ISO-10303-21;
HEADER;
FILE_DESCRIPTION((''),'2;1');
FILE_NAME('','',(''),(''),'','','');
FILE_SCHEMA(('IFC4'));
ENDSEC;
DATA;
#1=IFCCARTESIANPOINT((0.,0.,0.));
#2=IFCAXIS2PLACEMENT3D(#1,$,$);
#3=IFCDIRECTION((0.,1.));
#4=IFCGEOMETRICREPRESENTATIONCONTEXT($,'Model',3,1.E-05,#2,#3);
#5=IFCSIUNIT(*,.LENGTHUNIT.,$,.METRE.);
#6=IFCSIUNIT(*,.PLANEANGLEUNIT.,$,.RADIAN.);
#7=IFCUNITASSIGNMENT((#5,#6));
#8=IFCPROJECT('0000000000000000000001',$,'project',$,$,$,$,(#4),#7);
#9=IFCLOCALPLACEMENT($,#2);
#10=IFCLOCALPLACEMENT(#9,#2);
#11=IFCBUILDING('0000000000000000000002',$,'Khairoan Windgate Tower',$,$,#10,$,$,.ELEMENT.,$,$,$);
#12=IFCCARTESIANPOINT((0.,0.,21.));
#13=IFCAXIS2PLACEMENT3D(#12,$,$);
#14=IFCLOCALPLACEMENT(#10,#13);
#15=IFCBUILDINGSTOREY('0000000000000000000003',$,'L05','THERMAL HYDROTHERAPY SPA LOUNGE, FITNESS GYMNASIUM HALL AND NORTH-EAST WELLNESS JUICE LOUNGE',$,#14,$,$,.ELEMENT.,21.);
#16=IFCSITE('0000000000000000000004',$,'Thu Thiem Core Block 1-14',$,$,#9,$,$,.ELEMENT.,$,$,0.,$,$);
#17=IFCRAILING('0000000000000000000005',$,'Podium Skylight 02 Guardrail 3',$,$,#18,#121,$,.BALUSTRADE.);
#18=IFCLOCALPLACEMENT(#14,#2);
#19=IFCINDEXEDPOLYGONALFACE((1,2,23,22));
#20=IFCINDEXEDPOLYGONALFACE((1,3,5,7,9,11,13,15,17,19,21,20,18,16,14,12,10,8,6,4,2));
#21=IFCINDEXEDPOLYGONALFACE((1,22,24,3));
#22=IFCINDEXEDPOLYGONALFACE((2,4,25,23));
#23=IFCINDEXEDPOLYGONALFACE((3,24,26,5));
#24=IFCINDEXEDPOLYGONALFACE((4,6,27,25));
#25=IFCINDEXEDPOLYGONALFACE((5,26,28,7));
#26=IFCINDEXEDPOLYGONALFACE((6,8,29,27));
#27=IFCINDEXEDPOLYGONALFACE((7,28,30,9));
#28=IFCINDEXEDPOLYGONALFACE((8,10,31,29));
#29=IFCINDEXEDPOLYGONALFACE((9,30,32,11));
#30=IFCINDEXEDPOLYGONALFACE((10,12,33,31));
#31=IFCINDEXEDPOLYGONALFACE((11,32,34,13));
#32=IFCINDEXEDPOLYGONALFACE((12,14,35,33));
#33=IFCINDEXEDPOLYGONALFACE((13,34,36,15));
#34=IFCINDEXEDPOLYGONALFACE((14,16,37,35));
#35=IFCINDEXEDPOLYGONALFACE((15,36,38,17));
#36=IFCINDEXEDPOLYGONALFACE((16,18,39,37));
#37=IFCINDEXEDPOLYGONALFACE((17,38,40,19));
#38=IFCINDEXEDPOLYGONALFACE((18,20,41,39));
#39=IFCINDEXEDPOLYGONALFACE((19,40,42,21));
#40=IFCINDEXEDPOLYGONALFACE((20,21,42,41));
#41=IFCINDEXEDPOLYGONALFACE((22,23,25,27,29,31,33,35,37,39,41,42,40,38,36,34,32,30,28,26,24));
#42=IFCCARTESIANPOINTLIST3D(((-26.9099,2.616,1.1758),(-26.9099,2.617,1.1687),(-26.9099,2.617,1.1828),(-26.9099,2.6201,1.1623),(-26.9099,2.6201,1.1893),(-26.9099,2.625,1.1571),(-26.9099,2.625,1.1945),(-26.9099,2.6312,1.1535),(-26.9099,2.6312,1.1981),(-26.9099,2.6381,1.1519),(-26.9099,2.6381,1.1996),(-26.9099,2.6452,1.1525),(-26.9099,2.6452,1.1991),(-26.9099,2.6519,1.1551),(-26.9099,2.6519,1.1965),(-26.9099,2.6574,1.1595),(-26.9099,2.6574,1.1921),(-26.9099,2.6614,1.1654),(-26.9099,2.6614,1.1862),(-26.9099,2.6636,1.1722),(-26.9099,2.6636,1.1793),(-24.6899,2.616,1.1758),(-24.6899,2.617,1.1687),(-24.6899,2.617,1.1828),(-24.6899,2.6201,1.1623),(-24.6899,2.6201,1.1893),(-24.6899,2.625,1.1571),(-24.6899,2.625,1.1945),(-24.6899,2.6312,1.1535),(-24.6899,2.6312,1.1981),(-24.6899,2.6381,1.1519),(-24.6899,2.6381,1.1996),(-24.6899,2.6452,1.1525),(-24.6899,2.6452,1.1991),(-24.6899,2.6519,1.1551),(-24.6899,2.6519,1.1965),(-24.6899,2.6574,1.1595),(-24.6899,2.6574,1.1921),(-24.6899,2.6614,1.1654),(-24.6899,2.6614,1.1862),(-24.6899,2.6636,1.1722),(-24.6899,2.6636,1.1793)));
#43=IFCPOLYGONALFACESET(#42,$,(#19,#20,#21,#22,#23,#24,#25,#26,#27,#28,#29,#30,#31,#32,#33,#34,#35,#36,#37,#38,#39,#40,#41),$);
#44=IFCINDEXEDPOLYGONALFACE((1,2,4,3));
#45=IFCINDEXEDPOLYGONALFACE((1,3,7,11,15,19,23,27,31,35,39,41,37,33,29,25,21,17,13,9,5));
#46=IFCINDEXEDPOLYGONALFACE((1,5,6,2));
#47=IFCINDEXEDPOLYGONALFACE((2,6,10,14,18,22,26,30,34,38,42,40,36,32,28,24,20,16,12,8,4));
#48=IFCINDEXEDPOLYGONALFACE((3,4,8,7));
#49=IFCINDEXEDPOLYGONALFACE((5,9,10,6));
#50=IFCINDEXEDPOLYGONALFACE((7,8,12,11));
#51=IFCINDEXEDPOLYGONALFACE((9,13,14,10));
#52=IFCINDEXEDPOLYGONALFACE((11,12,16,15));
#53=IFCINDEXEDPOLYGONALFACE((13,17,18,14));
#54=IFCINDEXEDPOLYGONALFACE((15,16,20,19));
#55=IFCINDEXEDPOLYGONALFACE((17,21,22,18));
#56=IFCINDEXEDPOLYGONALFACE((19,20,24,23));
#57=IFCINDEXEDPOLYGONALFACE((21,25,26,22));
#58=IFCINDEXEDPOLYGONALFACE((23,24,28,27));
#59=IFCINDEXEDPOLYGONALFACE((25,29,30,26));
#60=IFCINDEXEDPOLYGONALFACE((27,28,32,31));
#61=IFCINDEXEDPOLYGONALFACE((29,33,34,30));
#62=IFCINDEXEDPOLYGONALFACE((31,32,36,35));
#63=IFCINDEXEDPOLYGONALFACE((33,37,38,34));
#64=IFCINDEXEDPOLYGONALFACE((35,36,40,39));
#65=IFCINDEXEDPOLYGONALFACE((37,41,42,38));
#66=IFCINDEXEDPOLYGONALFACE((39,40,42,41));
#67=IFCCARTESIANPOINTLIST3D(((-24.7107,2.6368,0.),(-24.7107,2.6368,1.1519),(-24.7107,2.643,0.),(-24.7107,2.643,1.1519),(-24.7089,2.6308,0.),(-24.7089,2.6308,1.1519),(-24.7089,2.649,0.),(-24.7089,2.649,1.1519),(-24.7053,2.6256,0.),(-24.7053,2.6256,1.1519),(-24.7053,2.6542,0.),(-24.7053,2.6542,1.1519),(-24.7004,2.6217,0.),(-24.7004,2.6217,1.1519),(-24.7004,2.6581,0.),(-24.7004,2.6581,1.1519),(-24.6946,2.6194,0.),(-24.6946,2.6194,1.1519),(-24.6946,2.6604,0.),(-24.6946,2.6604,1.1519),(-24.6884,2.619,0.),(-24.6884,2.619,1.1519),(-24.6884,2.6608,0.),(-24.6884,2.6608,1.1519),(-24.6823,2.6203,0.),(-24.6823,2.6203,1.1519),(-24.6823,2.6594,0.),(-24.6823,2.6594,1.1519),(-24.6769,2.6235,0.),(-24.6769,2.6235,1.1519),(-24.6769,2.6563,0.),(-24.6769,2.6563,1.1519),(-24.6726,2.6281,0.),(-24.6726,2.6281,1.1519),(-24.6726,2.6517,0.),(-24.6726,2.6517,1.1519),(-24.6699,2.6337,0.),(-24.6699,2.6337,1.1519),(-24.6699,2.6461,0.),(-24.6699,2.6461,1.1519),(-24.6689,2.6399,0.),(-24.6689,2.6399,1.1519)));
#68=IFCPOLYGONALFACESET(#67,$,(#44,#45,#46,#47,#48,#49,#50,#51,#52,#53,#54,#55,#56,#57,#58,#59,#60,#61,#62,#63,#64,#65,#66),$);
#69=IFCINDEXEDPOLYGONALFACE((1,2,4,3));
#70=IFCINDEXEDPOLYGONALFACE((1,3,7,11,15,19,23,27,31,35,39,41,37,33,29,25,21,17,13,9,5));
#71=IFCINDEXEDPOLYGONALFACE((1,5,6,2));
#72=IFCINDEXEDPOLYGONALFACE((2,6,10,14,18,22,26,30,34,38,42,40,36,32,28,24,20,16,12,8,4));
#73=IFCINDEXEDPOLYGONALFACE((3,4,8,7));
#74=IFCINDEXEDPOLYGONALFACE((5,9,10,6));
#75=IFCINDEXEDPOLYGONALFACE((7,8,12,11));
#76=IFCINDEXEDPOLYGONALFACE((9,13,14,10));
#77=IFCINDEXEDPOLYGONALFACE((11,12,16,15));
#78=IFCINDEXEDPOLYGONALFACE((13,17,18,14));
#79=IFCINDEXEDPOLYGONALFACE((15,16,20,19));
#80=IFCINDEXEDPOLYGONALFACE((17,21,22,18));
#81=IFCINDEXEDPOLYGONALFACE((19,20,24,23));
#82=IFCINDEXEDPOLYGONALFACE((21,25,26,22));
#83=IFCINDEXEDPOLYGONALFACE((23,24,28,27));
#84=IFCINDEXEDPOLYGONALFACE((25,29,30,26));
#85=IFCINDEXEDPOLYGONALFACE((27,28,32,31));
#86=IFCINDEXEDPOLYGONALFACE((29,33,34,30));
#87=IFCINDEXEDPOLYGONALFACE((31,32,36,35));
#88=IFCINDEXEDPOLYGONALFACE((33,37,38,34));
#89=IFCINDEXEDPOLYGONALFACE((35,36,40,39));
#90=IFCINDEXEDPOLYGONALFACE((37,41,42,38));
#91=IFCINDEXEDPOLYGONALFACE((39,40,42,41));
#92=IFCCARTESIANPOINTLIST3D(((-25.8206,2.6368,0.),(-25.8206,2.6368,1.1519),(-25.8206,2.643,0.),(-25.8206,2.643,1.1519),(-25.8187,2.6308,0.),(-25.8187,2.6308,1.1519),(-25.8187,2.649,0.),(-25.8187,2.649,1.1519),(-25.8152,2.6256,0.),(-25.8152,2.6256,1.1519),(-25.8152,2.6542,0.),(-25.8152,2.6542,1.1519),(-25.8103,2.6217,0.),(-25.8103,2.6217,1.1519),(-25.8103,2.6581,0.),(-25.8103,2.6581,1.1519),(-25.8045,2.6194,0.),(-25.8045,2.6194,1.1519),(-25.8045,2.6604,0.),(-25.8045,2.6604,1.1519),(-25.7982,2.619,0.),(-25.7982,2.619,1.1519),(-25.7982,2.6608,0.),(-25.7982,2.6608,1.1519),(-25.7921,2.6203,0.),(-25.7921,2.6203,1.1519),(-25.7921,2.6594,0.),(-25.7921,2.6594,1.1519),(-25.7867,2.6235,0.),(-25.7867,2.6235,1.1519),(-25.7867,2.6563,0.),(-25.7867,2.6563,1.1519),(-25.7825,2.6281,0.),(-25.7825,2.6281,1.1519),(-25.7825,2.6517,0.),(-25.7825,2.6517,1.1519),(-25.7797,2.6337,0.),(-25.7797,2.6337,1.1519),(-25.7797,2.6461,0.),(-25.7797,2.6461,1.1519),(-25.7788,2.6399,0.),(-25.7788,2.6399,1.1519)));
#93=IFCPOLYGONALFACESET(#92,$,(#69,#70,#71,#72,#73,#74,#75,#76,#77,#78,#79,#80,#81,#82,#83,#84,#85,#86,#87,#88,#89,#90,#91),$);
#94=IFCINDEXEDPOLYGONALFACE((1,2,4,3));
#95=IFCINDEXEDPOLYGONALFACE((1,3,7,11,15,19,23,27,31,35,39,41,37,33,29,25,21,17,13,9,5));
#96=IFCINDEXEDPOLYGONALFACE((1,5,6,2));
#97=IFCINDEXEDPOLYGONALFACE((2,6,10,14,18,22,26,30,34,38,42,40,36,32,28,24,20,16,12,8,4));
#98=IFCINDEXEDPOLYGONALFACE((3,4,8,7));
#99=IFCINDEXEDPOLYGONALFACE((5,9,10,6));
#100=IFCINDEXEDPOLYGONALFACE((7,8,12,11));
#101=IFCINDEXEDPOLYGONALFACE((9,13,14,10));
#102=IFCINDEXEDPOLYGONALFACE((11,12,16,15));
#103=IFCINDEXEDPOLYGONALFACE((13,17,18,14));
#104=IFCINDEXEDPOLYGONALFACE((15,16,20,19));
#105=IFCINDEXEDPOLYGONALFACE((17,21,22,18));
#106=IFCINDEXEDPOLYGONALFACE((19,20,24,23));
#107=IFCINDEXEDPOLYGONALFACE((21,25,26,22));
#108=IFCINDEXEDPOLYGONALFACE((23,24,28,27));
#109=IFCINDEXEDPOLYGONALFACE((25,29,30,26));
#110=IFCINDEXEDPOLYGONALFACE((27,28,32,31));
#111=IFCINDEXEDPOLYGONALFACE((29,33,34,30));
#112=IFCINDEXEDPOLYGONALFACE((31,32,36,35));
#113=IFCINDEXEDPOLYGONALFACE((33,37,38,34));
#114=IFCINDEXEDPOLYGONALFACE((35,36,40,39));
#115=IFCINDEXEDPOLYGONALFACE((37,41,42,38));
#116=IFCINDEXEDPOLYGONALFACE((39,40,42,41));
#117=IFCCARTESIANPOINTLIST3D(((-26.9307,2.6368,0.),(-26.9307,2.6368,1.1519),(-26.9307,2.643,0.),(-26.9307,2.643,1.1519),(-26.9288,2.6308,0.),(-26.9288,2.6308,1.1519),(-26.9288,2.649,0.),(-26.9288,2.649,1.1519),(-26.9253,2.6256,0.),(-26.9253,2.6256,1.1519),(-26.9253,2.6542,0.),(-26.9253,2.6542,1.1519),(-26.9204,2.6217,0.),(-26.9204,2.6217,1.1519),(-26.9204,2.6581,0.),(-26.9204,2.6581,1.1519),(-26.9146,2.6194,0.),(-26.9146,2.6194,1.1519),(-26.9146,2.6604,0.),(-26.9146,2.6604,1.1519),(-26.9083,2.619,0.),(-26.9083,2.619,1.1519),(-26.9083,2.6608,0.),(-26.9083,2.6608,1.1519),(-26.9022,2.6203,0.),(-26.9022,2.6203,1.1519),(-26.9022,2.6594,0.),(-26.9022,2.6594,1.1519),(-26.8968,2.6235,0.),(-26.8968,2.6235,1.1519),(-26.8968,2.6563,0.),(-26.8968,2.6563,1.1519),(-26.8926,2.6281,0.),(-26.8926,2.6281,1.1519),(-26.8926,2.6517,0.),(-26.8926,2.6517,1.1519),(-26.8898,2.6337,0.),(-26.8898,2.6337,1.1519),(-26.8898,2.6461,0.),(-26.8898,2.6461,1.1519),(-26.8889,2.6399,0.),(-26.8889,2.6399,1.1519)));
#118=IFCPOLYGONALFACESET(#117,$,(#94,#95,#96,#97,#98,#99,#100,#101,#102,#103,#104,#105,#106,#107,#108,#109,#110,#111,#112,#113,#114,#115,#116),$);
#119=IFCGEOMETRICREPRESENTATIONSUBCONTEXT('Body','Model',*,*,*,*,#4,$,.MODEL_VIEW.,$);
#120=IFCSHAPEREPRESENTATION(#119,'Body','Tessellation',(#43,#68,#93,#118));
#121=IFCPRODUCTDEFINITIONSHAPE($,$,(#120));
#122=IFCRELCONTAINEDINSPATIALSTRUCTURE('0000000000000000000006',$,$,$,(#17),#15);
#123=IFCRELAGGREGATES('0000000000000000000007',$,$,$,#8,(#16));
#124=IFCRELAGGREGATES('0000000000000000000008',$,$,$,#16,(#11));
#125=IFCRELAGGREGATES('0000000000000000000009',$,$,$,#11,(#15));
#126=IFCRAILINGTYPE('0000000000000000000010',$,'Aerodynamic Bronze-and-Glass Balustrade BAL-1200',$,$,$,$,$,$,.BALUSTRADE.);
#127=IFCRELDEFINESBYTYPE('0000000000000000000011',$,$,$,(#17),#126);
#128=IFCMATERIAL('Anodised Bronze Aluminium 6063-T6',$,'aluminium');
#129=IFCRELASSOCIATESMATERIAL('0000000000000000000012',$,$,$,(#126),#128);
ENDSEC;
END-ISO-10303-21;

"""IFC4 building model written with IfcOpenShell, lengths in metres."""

from ifc_helpers import new_model, si_unit, direction, frame, origin, origin_2d, place, context, subcontext, project, spatial, circle, extrude, material, type_object, element, save


model = new_model("IFC4")

# Units and contexts
model_context = context("Model", 3, precision=1e-05, world=origin(), true_north=direction((0.0, 1.0)))
body_context = subcontext(model_context, "Body", "Model", "MODEL_VIEW")
ifc_project = project(units=[si_unit("LENGTHUNIT", "METRE"), si_unit("PLANEANGLEUNIT", "RADIAN")], contexts=[model_context])

# Site, building, storey
site_placement = place(None, origin())
site = spatial("IfcSite", under=ifc_project, at=site_placement, Name="Thu Thiem Core Block 1-14", CompositionType="ELEMENT", RefElevation=0.0)
building_placement = place(site_placement, origin())
building = spatial("IfcBuilding", under=site, at=building_placement, Name="Khairoan Windgate Tower", CompositionType="ELEMENT")
storey_placement = place(building_placement, frame((0.0, 0.0, 21.0)))
storey = spatial("IfcBuildingStorey", under=building, at=storey_placement, Name="L05", Description="THERMAL HYDROTHERAPY SPA LOUNGE, FITNESS GYMNASIUM HALL AND NORTH-EAST WELLNESS JUICE LOUNGE", CompositionType="ELEMENT", Elevation=21.0)

# Railing
ifc_material_1 = material(Name="Anodised Bronze Aluminium 6063-T6", Category="aluminium")
railing_type_1 = type_object("IfcRailingType", Name="Aerodynamic Bronze-and-Glass Balustrade BAL-1200", PredefinedType="BALUSTRADE", material=ifc_material_1)
railing_1_placement = place(storey_placement, frame((-24.6899, 2.6399, 0.0)))
element("IfcRailing", 1, at=railing_1_placement, inside=storey, type_object=railing_type_1, Name="Podium Skylight 02 Guardrail 3", PredefinedType="BALUSTRADE", context=body_context, shape_type="SweptSolid", body=[
    extrude(circle(Radius=0.0239, at=origin_2d()), frame((0.0, 0.0, 1.1758), z_axis=(-1.0, 0.0, 0.0), x_axis=(0.0, -1.0, 0.0)), (0.0, 0.0, 1.0), 2.22),
    extrude(circle(Radius=0.021, at=origin_2d()), origin(), (0.0, 0.0, 1.0), 1.1519),
    extrude(circle(Radius=0.021, at=origin_2d()), frame((-1.1099, 0.0, 0.0)), (0.0, 0.0, 1.0), 1.1519),
    extrude(circle(Radius=0.021, at=origin_2d()), frame((-2.22, 0.0, 0.0)), (0.0, 0.0, 1.0), 1.1519),
])

save(model, "model.ifc")
